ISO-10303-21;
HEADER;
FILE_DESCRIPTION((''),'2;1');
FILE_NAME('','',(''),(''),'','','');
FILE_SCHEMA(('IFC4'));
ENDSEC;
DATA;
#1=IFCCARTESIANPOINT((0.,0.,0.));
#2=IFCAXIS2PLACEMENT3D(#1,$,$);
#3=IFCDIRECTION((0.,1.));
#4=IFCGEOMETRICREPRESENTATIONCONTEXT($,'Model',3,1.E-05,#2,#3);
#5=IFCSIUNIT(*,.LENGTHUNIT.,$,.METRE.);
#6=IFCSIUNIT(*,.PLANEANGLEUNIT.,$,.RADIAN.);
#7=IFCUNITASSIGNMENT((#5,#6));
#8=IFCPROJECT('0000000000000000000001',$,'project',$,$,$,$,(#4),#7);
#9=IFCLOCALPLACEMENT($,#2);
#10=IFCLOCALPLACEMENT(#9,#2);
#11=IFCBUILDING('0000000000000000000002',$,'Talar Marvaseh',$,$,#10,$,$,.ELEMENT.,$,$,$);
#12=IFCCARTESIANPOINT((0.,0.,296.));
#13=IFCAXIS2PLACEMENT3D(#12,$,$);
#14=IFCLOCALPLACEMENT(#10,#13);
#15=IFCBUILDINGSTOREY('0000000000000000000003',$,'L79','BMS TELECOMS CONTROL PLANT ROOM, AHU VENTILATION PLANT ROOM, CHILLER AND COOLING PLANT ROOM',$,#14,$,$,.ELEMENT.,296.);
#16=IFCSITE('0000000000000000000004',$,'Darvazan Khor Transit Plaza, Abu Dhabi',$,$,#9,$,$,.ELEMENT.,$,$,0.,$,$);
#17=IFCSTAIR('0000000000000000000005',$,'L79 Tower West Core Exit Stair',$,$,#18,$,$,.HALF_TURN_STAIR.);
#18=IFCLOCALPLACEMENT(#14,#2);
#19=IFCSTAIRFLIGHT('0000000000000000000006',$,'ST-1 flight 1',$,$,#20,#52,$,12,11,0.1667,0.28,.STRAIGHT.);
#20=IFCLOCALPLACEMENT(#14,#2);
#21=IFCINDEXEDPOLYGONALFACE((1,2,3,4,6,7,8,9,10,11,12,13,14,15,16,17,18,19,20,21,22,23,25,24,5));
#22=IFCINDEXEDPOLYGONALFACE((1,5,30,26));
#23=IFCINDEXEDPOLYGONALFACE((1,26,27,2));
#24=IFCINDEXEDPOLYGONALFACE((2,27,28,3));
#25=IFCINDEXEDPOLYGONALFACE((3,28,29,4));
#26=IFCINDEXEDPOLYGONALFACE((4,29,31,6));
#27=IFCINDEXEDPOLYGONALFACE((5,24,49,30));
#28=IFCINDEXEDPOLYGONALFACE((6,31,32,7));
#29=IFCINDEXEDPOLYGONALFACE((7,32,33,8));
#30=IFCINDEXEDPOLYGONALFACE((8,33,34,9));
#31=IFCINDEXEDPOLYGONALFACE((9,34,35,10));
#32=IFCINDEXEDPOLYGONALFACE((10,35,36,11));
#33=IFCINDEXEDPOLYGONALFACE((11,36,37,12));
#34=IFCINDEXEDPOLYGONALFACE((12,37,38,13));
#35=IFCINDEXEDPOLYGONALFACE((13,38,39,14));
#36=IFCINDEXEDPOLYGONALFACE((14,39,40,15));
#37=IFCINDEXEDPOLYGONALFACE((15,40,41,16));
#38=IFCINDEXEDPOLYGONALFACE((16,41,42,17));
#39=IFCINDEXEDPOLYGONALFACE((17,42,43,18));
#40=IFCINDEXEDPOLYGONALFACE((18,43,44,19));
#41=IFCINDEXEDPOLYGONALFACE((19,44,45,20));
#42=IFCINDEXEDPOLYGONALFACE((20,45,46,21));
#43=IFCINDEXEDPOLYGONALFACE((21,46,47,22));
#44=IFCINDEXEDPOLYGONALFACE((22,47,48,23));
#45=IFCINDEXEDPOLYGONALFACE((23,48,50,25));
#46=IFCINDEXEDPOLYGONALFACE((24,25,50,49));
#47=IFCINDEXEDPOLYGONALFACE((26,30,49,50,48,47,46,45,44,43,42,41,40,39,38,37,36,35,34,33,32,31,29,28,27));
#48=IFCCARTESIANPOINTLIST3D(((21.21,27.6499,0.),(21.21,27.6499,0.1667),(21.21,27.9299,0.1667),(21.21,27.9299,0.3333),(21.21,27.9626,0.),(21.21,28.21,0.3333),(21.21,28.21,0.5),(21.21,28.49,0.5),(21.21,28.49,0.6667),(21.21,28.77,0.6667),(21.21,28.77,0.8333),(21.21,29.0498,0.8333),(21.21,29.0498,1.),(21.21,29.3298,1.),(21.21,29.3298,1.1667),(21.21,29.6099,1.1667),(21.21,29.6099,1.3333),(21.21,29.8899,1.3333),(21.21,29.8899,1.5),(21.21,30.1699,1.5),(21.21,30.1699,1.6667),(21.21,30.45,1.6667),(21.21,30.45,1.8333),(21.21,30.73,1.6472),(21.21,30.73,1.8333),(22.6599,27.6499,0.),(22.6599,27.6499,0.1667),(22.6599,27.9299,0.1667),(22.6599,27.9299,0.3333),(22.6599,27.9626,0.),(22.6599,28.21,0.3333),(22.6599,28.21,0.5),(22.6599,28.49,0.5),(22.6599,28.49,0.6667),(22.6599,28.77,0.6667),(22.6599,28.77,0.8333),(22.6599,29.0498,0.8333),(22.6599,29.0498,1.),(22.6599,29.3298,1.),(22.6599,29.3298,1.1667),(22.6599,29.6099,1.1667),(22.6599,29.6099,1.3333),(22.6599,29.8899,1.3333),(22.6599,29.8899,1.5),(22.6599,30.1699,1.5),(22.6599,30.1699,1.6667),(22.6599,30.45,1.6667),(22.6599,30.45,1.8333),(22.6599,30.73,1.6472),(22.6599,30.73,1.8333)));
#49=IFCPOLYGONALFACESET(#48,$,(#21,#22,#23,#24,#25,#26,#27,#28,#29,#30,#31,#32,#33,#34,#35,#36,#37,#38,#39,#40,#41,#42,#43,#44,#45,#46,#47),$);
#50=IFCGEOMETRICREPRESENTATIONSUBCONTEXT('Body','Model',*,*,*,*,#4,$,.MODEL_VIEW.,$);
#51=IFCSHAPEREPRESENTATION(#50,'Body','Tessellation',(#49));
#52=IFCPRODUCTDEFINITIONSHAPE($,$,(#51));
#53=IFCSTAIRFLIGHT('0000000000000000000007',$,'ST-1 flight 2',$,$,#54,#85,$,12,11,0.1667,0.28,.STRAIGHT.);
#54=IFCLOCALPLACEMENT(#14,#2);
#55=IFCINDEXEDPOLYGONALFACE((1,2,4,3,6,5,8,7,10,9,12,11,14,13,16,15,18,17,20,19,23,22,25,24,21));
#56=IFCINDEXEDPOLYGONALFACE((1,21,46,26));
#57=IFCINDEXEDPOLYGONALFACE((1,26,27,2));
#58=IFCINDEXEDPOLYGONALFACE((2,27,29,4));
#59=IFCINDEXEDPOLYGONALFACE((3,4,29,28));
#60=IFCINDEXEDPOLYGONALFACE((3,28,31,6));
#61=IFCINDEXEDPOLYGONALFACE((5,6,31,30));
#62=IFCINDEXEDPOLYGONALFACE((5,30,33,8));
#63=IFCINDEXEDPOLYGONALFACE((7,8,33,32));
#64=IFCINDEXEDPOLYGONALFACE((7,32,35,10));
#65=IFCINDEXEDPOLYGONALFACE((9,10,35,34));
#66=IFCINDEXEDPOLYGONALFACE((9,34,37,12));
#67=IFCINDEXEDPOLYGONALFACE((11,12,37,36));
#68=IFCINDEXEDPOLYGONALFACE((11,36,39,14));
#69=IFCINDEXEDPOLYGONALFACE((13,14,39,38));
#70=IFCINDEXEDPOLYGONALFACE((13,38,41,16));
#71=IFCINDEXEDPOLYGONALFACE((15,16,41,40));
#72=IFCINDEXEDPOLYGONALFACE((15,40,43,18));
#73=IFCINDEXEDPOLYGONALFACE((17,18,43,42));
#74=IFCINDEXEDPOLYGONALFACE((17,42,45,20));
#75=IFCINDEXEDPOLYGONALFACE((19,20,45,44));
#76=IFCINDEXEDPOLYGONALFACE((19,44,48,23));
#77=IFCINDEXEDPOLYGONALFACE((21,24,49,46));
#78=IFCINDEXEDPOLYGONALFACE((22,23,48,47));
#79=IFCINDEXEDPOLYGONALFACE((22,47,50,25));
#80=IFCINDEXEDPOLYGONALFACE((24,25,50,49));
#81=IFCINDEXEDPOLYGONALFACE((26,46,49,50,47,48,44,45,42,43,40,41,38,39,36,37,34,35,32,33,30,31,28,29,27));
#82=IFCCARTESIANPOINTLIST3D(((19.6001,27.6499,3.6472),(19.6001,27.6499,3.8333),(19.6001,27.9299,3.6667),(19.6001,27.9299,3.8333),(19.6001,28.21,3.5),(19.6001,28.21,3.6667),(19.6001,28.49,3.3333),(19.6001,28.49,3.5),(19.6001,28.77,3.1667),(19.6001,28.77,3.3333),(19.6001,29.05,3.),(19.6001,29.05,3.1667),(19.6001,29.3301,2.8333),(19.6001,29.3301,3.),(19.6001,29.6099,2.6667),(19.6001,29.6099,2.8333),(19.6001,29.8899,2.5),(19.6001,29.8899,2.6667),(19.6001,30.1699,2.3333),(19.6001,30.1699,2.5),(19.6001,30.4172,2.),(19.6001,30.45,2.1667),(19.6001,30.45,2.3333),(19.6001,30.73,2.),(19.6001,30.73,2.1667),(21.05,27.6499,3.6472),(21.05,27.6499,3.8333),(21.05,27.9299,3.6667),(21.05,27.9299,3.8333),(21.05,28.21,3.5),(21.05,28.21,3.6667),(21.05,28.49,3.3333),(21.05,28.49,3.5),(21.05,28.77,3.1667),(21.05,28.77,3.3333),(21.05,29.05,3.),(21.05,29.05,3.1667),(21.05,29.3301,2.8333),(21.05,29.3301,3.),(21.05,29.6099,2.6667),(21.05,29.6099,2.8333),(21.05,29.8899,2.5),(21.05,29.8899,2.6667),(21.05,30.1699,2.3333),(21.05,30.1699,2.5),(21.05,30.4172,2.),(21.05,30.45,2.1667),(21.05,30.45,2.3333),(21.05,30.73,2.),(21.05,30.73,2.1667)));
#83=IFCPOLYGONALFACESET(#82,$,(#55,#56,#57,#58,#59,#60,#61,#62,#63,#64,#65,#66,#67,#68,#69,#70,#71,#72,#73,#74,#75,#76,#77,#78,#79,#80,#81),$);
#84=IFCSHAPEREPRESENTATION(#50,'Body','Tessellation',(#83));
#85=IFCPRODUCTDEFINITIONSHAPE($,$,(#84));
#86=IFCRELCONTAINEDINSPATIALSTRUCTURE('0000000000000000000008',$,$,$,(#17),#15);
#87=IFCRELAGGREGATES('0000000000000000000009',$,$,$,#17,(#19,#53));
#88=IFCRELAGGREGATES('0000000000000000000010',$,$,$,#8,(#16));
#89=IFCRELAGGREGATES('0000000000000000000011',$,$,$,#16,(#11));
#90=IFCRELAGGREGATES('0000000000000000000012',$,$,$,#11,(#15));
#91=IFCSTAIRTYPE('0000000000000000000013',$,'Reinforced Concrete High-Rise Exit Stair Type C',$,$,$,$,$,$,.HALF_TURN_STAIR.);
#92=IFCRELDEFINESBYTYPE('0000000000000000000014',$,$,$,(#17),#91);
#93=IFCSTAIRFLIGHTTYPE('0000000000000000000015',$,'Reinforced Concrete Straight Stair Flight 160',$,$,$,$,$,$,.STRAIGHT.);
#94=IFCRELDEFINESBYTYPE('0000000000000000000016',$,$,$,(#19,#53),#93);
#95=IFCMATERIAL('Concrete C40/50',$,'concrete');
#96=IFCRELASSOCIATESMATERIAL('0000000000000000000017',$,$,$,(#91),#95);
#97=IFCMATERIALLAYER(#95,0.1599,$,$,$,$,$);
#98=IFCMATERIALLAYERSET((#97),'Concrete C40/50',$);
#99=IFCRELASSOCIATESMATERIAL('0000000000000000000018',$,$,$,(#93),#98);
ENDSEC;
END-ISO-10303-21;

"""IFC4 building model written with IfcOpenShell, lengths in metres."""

from ifc_helpers import new_model, si_unit, direction, frame, origin, place, context, subcontext, project, spatial, polyline, outline, extrude, material, layer, layer_set, type_object, element, aggregate, save


model = new_model("IFC4")

# Units and contexts
model_context = context("Model", 3, precision=1e-05, world=origin(), true_north=direction((0.0, 1.0)))
body_context = subcontext(model_context, "Body", "Model", "MODEL_VIEW")
ifc_project = project(units=[si_unit("LENGTHUNIT", "METRE"), si_unit("PLANEANGLEUNIT", "RADIAN")], contexts=[model_context])

# Site, building, storey
site_placement = place(None, origin())
site = spatial("IfcSite", under=ifc_project, at=site_placement, Name="Darvazan Khor Transit Plaza, Abu Dhabi", CompositionType="ELEMENT", RefElevation=0.0)
building_placement = place(site_placement, origin())
building = spatial("IfcBuilding", under=site, at=building_placement, Name="Talar Marvaseh", CompositionType="ELEMENT")
storey_placement = place(building_placement, frame((0.0, 0.0, 296.0)))
storey = spatial("IfcBuildingStorey", under=building, at=storey_placement, Name="L79", Description="BMS TELECOMS CONTROL PLANT ROOM, AHU VENTILATION PLANT ROOM, CHILLER AND COOLING PLANT ROOM", CompositionType="ELEMENT", Elevation=296.0)

# Shared definitions
ifc_material_1 = material(Name="Concrete C40/50", Category="concrete")

# Stair, stair flights
stair_type = type_object("IfcStairType", Name="Reinforced Concrete High-Rise Exit Stair Type C", PredefinedType="HALF_TURN_STAIR", material=ifc_material_1)
stair_placement = place(storey_placement, origin())
stair = element("IfcStair", 1, at=stair_placement, inside=storey, type_object=stair_type, Name="L79 Tower West Core Exit Stair", PredefinedType="HALF_TURN_STAIR")
ifc_layer_1 = layer(ifc_material_1, 0.1599)
ifc_layer_set_1 = layer_set([ifc_layer_1], Name="Concrete C40/50")
stair_flight_type = type_object("IfcStairFlightType", Name="Reinforced Concrete Straight Stair Flight 160", PredefinedType="STRAIGHT", material=ifc_layer_set_1)
stair_flight_1_placement = place(storey_placement, frame((21.9351, 27.6499, 0.0), z_axis=(0.0, 0.0, 1.0), x_axis=(0.0, 1.0, 0.0)))
stair_flight_1 = element("IfcStairFlight", 2, at=stair_flight_1_placement, type_object=stair_flight_type, Name="ST-1 flight 1", NumberOfRisers=12, NumberOfTreads=11, PredefinedType="STRAIGHT", RiserHeight=0.1667, TreadLength=0.28, context=body_context, shape_type="SweptSolid", body=[
    extrude(outline(polyline([(0.0, 0.0), (0.0, 0.1667), (0.28, 0.1667), (0.28, 0.3333), (0.5601, 0.3333), (0.5601, 0.5), (0.8401, 0.5), (0.8401, 0.6667), (1.1201, 0.6667), (1.1201, 0.8333), (1.3999, 0.8333), (1.3999, 1.0), (1.6799, 1.0), (1.6799, 1.1667), (1.96, 1.1667), (1.96, 1.3333), (2.24, 1.3333), (2.24, 1.5), (2.52, 1.5), (2.52, 1.6667), (2.8, 1.6667), (2.8, 1.8333), (3.0801, 1.8333), (3.0801, 2.0), (3.0801, 1.6472), (0.3127, 0.0), (0.0, 0.0)])), frame((0.0, 0.7251, 0.0), z_axis=(0.0, -1.0, 0.0), x_axis=(1.0, 0.0, 0.0)), (0.0, 0.0, 1.0), 1.45),
])
stair_flight_2_placement = place(storey_placement, frame((20.325, 30.73, 2.0), z_axis=(0.0, 0.0, 1.0), x_axis=(0.0, -1.0, 0.0)))
stair_flight_2 = element("IfcStairFlight", 3, at=stair_flight_2_placement, type_object=stair_flight_type, Name="ST-1 flight 2", NumberOfRisers=12, NumberOfTreads=11, PredefinedType="STRAIGHT", RiserHeight=0.1667, TreadLength=0.28, context=body_context, shape_type="SweptSolid", body=[
    extrude(outline(polyline([(0.0, 0.0), (0.0, 0.1667), (0.28, 0.1667), (0.28, 0.3333), (0.5601, 0.3333), (0.5601, 0.5), (0.8401, 0.5), (0.8401, 0.6667), (1.1201, 0.6667), (1.1201, 0.8333), (1.3999, 0.8333), (1.3999, 1.0), (1.6799, 1.0), (1.6799, 1.1667), (1.96, 1.1667), (1.96, 1.3333), (2.24, 1.3333), (2.24, 1.5), (2.52, 1.5), (2.52, 1.6667), (2.8, 1.6667), (2.8, 1.8333), (3.0801, 1.8333), (3.0801, 2.0), (3.0801, 1.6472), (0.3127, 0.0), (0.0, 0.0)])), frame((0.0, 0.7251, 0.0), z_axis=(0.0, -1.0, 0.0), x_axis=(1.0, 0.0, 0.0)), (0.0, 0.0, 1.0), 1.45),
])
aggregate(stair, [stair_flight_1, stair_flight_2])

save(model, "model.ifc")
